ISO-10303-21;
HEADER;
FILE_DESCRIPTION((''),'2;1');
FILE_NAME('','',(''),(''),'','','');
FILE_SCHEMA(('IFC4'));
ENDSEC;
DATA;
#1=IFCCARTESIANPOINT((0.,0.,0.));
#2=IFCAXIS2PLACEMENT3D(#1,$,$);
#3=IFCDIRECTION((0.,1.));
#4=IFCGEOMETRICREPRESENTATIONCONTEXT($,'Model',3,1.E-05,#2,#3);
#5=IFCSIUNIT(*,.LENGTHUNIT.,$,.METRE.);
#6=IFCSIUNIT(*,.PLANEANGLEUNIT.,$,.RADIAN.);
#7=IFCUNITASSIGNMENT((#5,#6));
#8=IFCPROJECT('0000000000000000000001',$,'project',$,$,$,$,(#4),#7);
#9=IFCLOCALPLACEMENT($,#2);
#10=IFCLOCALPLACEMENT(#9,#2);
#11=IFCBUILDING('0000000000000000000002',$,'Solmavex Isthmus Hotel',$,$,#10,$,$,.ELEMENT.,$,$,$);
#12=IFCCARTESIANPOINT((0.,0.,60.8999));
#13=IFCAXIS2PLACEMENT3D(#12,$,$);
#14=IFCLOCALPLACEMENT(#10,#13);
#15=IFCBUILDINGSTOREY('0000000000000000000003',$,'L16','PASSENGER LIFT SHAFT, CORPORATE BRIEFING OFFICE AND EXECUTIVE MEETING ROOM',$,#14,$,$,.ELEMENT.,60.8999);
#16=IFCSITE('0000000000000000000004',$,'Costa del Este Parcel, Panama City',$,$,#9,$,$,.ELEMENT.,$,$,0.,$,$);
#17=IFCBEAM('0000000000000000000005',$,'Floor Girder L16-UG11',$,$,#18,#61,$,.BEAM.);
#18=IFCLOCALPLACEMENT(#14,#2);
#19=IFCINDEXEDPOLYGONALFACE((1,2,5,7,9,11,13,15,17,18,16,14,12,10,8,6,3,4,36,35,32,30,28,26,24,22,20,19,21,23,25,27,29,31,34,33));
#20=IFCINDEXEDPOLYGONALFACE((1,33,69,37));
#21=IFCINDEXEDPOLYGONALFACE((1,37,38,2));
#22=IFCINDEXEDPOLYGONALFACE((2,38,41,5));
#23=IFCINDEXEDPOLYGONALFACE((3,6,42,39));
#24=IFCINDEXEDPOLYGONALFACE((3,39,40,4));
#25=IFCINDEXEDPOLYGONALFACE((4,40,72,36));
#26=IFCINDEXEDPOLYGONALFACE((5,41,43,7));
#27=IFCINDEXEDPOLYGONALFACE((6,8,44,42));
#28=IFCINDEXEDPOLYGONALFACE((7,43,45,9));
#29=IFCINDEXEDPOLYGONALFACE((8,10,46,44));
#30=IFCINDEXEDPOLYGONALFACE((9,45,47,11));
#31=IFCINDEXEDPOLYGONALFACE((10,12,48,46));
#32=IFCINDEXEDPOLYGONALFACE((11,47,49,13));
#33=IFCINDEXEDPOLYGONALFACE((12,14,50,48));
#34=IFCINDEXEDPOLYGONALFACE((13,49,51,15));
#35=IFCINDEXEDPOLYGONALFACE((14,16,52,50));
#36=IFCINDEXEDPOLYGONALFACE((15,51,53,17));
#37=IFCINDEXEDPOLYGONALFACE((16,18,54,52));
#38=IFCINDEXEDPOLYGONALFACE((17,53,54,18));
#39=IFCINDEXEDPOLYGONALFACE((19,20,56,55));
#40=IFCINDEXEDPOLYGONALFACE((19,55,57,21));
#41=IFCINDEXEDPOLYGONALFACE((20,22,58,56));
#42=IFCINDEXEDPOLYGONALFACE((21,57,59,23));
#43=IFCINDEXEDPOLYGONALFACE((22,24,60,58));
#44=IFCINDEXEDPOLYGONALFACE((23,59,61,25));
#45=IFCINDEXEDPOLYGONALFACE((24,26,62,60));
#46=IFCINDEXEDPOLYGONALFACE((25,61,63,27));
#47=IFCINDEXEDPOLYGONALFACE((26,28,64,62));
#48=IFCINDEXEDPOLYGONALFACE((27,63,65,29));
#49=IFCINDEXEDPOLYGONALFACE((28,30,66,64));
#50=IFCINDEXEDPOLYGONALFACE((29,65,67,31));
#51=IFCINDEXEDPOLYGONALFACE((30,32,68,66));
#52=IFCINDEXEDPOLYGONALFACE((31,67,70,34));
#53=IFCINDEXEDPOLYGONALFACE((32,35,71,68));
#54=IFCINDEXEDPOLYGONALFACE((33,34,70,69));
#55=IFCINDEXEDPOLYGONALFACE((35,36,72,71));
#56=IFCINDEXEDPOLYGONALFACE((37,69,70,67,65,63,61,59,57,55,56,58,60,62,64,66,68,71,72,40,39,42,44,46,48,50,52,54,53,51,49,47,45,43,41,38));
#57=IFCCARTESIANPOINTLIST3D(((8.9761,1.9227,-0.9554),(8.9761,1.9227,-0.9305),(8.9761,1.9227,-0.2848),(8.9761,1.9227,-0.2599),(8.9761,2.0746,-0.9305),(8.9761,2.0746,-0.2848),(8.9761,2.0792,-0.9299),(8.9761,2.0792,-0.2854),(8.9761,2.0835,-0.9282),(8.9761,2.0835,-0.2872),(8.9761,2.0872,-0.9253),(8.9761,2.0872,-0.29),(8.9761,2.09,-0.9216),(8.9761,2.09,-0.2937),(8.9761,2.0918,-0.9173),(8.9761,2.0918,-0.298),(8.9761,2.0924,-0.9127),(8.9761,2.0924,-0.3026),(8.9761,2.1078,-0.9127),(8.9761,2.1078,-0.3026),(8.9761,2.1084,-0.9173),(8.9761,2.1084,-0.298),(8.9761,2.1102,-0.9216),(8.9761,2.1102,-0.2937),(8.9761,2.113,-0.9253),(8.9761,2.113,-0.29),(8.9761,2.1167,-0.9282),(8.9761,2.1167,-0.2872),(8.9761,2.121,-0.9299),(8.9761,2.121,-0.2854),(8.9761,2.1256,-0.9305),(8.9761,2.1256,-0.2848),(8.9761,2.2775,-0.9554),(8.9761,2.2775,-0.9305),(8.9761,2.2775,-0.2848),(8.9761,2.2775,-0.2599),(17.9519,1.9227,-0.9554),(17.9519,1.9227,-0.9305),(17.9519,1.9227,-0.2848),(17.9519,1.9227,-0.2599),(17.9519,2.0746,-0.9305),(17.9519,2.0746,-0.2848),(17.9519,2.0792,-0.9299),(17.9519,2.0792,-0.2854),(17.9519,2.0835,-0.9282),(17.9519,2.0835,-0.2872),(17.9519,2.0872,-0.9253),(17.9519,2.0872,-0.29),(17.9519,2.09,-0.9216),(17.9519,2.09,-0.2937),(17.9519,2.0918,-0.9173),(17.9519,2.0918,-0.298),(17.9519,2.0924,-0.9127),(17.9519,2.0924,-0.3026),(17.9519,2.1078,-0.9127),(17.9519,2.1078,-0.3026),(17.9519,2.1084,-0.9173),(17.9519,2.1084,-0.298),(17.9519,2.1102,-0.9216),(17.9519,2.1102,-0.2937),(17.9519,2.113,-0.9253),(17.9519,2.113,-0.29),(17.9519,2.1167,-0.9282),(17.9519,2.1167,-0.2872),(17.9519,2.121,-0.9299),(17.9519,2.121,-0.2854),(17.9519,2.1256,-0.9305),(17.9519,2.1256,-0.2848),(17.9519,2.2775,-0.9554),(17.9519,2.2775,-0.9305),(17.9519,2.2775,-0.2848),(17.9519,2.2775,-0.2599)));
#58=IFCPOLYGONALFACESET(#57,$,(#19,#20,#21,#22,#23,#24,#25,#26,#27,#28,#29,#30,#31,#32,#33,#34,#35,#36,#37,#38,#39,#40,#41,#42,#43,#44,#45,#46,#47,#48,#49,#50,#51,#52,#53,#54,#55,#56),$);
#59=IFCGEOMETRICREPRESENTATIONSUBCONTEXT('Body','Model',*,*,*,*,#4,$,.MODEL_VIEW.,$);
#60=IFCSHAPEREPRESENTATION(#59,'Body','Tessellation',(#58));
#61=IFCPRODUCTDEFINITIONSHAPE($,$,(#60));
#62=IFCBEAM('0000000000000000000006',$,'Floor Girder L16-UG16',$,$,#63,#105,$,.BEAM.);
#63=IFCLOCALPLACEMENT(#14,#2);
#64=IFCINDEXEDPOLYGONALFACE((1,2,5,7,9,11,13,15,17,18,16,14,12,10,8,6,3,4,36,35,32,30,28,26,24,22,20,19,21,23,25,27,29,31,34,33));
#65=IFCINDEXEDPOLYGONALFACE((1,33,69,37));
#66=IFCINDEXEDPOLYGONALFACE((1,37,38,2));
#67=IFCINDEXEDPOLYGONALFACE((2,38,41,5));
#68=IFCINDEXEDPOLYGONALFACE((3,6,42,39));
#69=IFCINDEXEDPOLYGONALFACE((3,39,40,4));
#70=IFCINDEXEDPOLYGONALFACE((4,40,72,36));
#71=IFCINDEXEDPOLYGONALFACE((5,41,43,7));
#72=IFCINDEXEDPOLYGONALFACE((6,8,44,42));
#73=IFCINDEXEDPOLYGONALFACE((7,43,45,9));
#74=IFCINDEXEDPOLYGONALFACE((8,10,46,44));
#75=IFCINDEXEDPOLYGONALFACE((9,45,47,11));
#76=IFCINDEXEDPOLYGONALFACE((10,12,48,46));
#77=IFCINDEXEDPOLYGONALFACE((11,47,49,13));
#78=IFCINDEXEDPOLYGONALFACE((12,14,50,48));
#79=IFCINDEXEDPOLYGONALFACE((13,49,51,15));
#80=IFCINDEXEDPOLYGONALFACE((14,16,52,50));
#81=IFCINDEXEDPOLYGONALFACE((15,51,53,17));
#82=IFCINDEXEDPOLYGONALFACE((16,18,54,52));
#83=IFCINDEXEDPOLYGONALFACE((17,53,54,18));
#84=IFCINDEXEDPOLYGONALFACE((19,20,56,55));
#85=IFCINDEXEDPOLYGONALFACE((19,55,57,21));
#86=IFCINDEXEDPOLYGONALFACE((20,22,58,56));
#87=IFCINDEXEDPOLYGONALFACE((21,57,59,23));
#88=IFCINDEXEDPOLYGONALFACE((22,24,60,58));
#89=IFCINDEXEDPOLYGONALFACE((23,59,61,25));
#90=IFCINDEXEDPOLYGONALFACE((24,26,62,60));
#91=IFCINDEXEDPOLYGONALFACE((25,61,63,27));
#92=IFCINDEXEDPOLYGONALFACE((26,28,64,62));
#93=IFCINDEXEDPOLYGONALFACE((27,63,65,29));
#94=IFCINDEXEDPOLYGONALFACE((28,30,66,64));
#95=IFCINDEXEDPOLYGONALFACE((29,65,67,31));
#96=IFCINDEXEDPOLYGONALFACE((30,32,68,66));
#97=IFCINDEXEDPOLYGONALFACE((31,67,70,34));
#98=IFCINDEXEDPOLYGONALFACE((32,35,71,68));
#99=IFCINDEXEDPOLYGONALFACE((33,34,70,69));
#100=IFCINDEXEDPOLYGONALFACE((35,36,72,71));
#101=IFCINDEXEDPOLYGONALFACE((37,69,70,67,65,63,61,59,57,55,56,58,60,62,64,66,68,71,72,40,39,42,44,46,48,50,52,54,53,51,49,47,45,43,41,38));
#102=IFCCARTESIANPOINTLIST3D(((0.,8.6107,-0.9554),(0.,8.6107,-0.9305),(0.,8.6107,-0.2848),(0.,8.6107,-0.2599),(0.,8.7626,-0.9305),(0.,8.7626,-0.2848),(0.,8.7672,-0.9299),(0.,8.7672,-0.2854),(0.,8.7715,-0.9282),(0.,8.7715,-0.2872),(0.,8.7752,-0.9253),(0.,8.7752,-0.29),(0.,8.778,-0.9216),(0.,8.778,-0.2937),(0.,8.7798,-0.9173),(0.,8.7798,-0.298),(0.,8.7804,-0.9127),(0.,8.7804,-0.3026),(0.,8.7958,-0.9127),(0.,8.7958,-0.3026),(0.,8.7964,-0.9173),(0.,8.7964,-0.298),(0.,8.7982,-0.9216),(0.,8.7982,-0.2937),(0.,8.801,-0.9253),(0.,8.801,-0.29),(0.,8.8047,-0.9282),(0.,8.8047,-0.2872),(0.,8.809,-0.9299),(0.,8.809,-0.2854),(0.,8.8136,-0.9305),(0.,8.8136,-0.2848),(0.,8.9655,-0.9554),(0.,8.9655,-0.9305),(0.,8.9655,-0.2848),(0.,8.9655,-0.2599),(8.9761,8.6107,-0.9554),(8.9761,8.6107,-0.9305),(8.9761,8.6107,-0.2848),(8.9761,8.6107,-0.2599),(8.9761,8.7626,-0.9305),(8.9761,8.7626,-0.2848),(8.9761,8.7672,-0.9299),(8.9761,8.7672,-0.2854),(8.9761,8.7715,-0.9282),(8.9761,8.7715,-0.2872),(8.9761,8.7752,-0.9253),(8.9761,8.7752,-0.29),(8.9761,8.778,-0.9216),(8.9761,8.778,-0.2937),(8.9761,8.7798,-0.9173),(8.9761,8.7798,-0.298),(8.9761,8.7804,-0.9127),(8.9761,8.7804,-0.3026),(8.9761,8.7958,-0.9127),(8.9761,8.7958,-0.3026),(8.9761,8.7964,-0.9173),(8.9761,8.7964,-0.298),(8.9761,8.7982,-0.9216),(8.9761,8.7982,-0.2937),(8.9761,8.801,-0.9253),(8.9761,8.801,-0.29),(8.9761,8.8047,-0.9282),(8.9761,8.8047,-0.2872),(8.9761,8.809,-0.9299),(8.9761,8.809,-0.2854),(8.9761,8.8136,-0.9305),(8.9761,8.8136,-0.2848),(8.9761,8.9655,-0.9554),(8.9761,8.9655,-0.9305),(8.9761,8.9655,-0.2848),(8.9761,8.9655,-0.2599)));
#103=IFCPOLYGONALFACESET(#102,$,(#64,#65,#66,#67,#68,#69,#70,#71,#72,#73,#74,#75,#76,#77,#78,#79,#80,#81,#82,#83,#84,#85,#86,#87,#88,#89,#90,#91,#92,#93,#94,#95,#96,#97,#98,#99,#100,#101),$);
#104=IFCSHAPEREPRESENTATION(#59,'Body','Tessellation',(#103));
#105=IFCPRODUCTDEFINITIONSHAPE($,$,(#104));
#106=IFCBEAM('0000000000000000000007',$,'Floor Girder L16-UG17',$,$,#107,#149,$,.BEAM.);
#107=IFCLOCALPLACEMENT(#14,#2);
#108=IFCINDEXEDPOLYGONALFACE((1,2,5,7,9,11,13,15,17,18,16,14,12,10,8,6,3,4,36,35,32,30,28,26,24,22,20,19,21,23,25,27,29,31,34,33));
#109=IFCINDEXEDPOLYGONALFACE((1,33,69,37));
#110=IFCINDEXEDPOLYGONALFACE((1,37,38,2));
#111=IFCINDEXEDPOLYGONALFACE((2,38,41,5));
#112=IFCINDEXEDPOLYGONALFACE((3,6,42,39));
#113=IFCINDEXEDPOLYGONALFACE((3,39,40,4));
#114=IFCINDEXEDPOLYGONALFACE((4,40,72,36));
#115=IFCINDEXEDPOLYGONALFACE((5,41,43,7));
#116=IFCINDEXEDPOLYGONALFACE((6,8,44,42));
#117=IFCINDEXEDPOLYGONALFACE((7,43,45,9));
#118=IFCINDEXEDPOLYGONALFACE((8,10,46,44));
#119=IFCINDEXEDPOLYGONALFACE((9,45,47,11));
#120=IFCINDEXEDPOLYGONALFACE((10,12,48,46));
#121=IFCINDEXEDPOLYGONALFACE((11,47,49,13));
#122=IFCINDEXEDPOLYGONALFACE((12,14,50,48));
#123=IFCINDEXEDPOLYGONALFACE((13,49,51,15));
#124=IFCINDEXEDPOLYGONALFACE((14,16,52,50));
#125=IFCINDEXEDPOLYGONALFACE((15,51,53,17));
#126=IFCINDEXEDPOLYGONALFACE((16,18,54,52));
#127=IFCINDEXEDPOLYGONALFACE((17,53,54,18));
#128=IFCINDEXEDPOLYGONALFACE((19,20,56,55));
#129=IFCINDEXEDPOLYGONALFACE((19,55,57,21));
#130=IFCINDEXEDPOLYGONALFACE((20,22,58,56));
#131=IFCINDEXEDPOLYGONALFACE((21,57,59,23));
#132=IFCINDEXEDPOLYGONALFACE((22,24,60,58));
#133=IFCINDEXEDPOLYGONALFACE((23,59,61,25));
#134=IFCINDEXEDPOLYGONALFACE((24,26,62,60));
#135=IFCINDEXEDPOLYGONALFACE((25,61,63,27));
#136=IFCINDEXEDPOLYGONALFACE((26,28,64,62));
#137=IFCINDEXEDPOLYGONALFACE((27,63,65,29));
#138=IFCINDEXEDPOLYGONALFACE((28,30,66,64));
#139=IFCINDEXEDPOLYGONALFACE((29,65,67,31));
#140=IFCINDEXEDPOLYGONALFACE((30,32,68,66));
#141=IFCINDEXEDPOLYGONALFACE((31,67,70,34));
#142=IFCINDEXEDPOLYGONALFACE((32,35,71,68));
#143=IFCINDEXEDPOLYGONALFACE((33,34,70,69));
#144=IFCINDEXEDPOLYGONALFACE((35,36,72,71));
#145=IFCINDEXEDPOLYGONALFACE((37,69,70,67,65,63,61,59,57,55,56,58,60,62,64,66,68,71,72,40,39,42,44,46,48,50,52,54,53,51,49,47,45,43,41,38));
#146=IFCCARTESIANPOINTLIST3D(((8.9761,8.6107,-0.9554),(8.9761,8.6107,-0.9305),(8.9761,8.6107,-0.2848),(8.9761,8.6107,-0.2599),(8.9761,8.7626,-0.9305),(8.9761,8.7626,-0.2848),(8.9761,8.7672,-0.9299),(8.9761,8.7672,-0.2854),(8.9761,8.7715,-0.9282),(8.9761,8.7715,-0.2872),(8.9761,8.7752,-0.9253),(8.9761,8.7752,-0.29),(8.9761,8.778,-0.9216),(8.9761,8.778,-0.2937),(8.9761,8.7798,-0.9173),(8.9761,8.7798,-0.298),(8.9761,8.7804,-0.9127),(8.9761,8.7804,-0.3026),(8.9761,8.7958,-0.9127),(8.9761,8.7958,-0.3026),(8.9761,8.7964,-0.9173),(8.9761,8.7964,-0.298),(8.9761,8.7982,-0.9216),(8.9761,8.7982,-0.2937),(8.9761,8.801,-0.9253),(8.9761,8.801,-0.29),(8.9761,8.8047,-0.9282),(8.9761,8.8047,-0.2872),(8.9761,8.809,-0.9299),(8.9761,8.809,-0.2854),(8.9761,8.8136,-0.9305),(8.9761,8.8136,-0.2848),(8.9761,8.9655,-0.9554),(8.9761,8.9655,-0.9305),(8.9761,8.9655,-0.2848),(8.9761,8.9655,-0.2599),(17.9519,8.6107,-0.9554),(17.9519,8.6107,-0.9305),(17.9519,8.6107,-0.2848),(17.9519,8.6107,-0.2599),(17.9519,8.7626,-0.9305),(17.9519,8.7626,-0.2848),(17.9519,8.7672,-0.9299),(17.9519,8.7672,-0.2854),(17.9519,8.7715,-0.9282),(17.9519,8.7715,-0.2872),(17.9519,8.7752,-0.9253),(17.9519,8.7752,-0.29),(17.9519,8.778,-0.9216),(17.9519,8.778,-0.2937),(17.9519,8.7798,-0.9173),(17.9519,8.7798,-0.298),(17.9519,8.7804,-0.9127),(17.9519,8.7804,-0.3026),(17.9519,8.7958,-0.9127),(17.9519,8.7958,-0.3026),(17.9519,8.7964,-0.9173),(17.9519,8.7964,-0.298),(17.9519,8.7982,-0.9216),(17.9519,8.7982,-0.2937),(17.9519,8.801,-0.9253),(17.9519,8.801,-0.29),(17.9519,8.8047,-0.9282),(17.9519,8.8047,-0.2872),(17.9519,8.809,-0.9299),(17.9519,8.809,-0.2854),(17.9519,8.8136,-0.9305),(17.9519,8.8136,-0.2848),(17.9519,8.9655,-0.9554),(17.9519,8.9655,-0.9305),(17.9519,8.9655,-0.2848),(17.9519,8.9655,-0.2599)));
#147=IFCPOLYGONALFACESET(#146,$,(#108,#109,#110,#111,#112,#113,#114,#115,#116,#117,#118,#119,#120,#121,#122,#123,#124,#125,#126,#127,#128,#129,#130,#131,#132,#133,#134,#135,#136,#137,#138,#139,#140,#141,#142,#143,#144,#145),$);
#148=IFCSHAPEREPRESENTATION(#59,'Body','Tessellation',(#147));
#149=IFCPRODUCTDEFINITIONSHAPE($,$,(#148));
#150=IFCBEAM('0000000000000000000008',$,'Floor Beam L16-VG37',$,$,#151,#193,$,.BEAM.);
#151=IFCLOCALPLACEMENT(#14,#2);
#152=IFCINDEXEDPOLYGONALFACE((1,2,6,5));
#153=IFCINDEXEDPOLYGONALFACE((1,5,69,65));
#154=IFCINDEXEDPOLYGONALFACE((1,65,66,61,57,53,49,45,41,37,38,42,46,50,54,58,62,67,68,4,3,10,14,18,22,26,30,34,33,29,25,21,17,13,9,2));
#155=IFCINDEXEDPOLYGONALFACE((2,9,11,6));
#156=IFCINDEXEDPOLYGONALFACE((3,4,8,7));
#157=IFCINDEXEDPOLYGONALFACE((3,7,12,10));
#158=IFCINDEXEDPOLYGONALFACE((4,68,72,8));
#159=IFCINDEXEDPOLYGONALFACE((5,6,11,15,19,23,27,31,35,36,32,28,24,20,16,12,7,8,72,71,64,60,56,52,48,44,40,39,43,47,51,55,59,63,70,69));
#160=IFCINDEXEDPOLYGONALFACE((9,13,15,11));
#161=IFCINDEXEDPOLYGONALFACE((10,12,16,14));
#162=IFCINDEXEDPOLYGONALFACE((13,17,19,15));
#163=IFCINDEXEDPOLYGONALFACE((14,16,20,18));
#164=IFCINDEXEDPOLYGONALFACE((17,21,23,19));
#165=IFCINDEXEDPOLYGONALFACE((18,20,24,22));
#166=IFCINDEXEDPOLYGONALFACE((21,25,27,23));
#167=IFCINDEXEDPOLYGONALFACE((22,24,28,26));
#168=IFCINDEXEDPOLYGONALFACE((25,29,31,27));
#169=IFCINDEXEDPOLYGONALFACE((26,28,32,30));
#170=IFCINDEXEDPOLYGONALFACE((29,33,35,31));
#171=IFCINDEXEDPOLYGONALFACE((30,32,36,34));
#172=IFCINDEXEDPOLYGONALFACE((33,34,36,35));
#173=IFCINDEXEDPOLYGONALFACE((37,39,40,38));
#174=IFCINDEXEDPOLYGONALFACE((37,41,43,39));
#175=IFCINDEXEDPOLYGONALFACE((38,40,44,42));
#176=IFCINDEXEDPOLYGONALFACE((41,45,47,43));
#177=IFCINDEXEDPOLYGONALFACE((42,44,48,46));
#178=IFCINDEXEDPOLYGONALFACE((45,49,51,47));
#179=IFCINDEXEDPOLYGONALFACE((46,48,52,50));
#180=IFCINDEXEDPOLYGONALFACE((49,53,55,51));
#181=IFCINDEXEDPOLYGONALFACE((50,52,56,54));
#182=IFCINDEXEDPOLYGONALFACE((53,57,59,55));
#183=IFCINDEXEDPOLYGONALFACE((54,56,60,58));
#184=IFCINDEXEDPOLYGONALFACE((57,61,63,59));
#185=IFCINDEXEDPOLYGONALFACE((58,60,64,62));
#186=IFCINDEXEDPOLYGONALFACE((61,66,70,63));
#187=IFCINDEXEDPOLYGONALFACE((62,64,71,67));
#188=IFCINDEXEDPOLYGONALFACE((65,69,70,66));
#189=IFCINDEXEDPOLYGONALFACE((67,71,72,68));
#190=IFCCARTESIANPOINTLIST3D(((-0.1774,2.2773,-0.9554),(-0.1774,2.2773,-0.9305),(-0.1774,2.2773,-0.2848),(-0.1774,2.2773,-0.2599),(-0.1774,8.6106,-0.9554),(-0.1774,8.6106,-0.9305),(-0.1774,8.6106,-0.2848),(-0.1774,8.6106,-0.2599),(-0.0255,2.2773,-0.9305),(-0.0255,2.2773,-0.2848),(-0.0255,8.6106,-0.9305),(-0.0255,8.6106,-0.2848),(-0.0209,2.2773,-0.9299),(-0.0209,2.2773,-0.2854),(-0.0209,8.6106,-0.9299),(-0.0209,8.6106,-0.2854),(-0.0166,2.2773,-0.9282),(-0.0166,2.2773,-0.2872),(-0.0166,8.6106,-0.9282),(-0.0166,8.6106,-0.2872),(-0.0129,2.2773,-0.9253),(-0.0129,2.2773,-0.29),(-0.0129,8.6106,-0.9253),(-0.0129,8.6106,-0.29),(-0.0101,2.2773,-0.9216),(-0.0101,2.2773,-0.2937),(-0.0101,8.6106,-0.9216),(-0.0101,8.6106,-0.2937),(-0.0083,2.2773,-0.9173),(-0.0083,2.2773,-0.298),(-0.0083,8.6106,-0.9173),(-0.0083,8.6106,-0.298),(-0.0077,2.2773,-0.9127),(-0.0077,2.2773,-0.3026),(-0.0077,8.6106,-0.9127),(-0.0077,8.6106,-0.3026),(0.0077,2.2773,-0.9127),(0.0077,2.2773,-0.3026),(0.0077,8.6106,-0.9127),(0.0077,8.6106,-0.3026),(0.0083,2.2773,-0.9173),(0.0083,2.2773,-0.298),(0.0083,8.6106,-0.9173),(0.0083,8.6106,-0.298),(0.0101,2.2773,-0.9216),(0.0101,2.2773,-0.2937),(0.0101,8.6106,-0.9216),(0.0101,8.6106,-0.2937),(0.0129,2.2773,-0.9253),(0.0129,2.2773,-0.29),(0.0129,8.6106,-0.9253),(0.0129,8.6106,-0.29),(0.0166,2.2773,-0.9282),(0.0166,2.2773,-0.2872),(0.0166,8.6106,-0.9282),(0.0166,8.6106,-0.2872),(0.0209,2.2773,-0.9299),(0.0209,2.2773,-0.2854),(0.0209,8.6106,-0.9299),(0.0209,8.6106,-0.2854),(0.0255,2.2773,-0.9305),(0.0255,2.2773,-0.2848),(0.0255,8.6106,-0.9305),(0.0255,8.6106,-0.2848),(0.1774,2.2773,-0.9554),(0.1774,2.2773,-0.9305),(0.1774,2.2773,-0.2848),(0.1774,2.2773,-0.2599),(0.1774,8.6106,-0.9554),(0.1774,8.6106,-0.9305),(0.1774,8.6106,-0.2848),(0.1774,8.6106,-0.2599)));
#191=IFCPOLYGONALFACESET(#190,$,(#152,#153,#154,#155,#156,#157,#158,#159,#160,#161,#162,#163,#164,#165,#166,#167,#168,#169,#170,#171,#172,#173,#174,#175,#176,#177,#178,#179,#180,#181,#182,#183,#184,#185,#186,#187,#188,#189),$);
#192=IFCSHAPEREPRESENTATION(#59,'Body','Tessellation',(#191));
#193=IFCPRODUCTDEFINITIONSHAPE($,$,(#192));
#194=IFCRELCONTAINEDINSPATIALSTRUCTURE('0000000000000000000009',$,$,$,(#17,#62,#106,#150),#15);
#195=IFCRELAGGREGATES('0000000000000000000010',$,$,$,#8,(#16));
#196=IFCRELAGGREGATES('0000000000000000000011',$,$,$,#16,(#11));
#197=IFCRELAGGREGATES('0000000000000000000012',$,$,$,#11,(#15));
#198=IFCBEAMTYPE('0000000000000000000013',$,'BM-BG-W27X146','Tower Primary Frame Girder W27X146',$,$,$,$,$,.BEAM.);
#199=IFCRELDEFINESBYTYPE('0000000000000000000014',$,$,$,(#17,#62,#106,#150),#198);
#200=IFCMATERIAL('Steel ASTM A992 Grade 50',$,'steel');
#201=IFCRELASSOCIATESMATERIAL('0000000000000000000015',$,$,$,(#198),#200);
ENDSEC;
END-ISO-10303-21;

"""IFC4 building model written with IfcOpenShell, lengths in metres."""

from ifc_helpers import new_model, si_unit, direction, frame, origin, origin_2d, place, context, subcontext, project, spatial, i_section, extrude, material, material_profile, profile_set, type_object, element, save


model = new_model("IFC4")

# Units and contexts
model_context = context("Model", 3, precision=1e-05, world=origin(), true_north=direction((0.0, 1.0)))
body_context = subcontext(model_context, "Body", "Model", "MODEL_VIEW")
ifc_project = project(units=[si_unit("LENGTHUNIT", "METRE"), si_unit("PLANEANGLEUNIT", "RADIAN")], contexts=[model_context])

# Site, building, storey
site_placement = place(None, origin())
site = spatial("IfcSite", under=ifc_project, at=site_placement, Name="Costa del Este Parcel, Panama City", CompositionType="ELEMENT", RefElevation=0.0)
building_placement = place(site_placement, origin())
building = spatial("IfcBuilding", under=site, at=building_placement, Name="Solmavex Isthmus Hotel", CompositionType="ELEMENT")
storey_placement = place(building_placement, frame((0.0, 0.0, 60.8999)))
storey = spatial("IfcBuildingStorey", under=building, at=storey_placement, Name="L16", Description="PASSENGER LIFT SHAFT, CORPORATE BRIEFING OFFICE AND EXECUTIVE MEETING ROOM", CompositionType="ELEMENT", Elevation=60.8999)

# Beams
ifc_material_1 = material(Name="Steel ASTM A992 Grade 50", Category="steel")
ifc_material_profile_1 = material_profile(ifc_material_1, i_section(OverallWidth=0.3547, OverallDepth=0.6956, WebThickness=0.0154, FlangeThickness=0.0249, FilletRadius=0.0178, at=origin_2d()), Name="W27X146")
ifc_profile_set_1 = profile_set([ifc_material_profile_1], Name="Steel ASTM A992 Grade 50")
beam_type_1 = type_object("IfcBeamType", Name="BM-BG-W27X146", Description="Tower Primary Frame Girder W27X146", PredefinedType="BEAM", material=ifc_profile_set_1)
beam_1_placement = place(storey_placement, frame((8.9761, 2.1001, -0.6077), z_axis=(1.0, 0.0, 0.0), x_axis=(0.0, 1.0, 0.0)))
element("IfcBeam", 1, at=beam_1_placement, inside=storey, type_object=beam_type_1, Name="Floor Girder L16-UG11", PredefinedType="BEAM", context=body_context, shape_type="SweptSolid", body=[
    extrude(i_section(OverallWidth=0.3547, OverallDepth=0.6956, WebThickness=0.0154, FlangeThickness=0.0249, FilletRadius=0.0178, at=origin_2d()), origin(), (0.0, 0.0, 1.0), 8.9758),
])
beam_2_placement = place(storey_placement, frame((0.0, 8.7881, -0.6077), z_axis=(1.0, 0.0, 0.0), x_axis=(0.0, 1.0, 0.0)))
element("IfcBeam", 2, at=beam_2_placement, inside=storey, type_object=beam_type_1, Name="Floor Girder L16-UG16", PredefinedType="BEAM", context=body_context, shape_type="SweptSolid", body=[
    extrude(i_section(OverallWidth=0.3547, OverallDepth=0.6956, WebThickness=0.0154, FlangeThickness=0.0249, FilletRadius=0.0178, at=origin_2d()), origin(), (0.0, 0.0, 1.0), 8.9761),
])
beam_3_placement = place(storey_placement, frame((8.9761, 8.7881, -0.6077), z_axis=(1.0, 0.0, 0.0), x_axis=(0.0, 1.0, 0.0)))
element("IfcBeam", 3, at=beam_3_placement, inside=storey, type_object=beam_type_1, Name="Floor Girder L16-UG17", PredefinedType="BEAM", context=body_context, shape_type="SweptSolid", body=[
    extrude(i_section(OverallWidth=0.3547, OverallDepth=0.6956, WebThickness=0.0154, FlangeThickness=0.0249, FilletRadius=0.0178, at=origin_2d()), origin(), (0.0, 0.0, 1.0), 8.9758),
])
beam_4_placement = place(storey_placement, frame((0.0, 2.2773, -0.6077), z_axis=(0.0, 1.0, 0.0), x_axis=(-1.0, 0.0, 0.0)))
element("IfcBeam", 4, at=beam_4_placement, inside=storey, type_object=beam_type_1, Name="Floor Beam L16-VG37", PredefinedType="BEAM", context=body_context, shape_type="SweptSolid", body=[
    extrude(i_section(OverallWidth=0.3547, OverallDepth=0.6956, WebThickness=0.0154, FlangeThickness=0.0249, FilletRadius=0.0178, at=origin_2d()), origin(), (0.0, 0.0, 1.0), 6.3333),
])

save(model, "model.ifc")
